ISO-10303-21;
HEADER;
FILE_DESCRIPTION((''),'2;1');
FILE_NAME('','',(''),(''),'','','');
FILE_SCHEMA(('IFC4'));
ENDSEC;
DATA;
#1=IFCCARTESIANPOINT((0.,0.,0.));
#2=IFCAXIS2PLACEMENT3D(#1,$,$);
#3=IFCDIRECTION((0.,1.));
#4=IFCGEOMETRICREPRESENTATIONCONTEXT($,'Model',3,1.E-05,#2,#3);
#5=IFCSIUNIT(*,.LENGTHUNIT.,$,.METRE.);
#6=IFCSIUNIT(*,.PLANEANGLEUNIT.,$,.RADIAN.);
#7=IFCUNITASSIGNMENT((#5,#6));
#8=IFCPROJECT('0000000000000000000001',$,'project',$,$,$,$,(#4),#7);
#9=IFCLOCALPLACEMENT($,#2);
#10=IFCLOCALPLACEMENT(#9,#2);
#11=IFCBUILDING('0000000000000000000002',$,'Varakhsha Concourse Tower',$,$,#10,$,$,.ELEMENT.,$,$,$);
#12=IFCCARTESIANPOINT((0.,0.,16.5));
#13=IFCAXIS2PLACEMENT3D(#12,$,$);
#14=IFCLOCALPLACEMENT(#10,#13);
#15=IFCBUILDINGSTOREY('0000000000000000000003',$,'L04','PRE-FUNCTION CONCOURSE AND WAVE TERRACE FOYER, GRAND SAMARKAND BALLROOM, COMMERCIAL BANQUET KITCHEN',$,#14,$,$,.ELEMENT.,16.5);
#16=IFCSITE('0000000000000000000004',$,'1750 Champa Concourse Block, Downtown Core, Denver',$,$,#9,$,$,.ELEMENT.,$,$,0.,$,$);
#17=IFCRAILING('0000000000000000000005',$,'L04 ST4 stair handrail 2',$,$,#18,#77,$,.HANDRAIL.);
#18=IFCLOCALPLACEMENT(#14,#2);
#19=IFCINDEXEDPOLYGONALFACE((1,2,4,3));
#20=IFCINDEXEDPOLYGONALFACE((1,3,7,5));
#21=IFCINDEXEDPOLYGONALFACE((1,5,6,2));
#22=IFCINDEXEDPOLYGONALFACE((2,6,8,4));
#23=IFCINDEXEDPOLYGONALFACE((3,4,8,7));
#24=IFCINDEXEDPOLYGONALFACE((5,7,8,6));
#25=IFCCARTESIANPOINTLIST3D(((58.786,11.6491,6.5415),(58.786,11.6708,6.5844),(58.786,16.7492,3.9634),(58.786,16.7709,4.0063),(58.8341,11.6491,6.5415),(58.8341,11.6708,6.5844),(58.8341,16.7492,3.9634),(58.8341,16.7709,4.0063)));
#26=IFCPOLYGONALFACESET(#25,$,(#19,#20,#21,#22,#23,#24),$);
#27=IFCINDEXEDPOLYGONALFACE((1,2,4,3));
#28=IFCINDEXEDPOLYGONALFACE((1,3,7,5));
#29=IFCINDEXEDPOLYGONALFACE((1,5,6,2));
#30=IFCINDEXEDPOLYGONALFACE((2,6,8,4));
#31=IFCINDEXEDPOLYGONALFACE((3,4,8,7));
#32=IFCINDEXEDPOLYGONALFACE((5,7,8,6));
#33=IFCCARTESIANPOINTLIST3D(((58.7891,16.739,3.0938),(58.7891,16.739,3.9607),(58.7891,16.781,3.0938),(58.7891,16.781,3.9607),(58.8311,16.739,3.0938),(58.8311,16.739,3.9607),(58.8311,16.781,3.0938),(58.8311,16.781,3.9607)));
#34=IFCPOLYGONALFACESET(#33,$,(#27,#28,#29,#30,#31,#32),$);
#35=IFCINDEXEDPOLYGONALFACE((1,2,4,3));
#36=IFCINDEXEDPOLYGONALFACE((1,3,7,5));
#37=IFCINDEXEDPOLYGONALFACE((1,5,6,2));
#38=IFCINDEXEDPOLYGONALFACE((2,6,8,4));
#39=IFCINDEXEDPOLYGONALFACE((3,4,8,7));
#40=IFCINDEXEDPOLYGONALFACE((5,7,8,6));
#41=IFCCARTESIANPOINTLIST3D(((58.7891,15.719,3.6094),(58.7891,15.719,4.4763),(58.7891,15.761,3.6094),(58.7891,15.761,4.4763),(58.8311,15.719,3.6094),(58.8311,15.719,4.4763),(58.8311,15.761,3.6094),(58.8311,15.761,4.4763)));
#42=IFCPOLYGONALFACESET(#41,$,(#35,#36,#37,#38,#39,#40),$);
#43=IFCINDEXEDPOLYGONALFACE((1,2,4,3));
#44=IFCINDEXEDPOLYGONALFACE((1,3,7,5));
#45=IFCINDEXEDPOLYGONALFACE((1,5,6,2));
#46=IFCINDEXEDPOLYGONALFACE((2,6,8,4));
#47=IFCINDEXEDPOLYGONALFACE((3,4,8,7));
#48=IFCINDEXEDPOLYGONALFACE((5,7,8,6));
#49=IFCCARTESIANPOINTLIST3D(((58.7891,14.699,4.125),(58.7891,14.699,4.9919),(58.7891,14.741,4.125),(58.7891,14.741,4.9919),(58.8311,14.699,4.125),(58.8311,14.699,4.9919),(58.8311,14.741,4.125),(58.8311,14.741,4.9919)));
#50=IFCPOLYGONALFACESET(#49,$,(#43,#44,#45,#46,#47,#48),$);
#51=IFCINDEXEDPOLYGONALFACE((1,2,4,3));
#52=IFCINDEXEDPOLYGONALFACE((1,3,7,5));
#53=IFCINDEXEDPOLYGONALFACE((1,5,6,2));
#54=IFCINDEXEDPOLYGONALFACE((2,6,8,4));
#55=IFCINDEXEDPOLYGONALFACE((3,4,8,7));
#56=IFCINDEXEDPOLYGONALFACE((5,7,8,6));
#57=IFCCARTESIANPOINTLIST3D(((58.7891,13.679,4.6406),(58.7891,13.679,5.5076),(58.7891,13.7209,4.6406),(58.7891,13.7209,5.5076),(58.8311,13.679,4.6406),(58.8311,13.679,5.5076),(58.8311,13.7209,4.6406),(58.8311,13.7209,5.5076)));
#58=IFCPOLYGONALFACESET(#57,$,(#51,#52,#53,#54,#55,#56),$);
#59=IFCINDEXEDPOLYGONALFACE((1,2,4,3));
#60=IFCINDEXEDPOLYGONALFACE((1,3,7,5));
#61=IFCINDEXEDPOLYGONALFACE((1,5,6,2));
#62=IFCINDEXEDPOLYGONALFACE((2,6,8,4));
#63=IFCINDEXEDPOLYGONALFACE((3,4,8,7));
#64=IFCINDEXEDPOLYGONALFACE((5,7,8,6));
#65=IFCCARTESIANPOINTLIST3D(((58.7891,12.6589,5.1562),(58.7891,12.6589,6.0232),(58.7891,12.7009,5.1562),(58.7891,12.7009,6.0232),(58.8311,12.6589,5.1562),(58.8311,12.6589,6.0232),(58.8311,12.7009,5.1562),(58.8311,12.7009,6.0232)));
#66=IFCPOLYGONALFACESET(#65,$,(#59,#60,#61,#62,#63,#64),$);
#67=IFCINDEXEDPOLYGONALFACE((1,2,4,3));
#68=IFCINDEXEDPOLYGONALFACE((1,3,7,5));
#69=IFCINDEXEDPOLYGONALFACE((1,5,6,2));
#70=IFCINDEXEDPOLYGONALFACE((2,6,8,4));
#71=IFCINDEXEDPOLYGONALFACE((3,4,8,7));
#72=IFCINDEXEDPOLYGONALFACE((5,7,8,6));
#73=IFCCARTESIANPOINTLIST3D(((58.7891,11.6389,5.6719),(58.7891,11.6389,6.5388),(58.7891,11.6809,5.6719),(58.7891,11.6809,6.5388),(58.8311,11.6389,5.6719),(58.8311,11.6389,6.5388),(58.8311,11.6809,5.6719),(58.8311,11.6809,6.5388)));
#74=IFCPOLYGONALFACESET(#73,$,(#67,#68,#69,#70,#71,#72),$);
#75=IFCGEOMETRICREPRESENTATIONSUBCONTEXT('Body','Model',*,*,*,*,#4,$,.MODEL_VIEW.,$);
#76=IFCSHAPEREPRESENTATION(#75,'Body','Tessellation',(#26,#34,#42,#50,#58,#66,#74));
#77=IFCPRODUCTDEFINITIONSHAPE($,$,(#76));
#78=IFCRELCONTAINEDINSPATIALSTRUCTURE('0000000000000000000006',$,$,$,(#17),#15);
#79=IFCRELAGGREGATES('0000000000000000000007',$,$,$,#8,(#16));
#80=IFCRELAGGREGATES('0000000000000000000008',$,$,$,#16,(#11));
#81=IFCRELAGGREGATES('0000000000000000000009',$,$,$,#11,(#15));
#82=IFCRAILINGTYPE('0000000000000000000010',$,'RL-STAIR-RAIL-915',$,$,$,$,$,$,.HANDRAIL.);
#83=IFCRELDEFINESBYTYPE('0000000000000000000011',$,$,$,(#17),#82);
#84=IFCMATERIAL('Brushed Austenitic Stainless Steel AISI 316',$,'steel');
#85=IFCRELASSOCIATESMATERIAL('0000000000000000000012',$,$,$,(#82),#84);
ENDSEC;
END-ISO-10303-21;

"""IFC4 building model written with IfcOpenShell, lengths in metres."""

from ifc_helpers import new_model, si_unit, direction, frame, origin, origin_2d, place, context, subcontext, project, spatial, rectangle, extrude, material, type_object, element, save


model = new_model("IFC4")

# Units and contexts
model_context = context("Model", 3, precision=1e-05, world=origin(), true_north=direction((0.0, 1.0)))
body_context = subcontext(model_context, "Body", "Model", "MODEL_VIEW")
ifc_project = project(units=[si_unit("LENGTHUNIT", "METRE"), si_unit("PLANEANGLEUNIT", "RADIAN")], contexts=[model_context])

# Site, building, storey
site_placement = place(None, origin())
site = spatial("IfcSite", under=ifc_project, at=site_placement, Name="1750 Champa Concourse Block, Downtown Core, Denver", CompositionType="ELEMENT", RefElevation=0.0)
building_placement = place(site_placement, origin())
building = spatial("IfcBuilding", under=site, at=building_placement, Name="Varakhsha Concourse Tower", CompositionType="ELEMENT")
storey_placement = place(building_placement, frame((0.0, 0.0, 16.5)))
storey = spatial("IfcBuildingStorey", under=building, at=storey_placement, Name="L04", Description="PRE-FUNCTION CONCOURSE AND WAVE TERRACE FOYER, GRAND SAMARKAND BALLROOM, COMMERCIAL BANQUET KITCHEN", CompositionType="ELEMENT", Elevation=16.5)

# Railing
ifc_material_1 = material(Name="Brushed Austenitic Stainless Steel AISI 316", Category="steel")
railing_type_1 = type_object("IfcRailingType", Name="RL-STAIR-RAIL-915", PredefinedType="HANDRAIL", material=ifc_material_1)
railing_1_placement = place(storey_placement, frame((58.8101, 16.76, 3.0938)))
element("IfcRailing", 1, at=railing_1_placement, inside=storey, type_object=railing_type_1, Name="L04 ST4 stair handrail 2", PredefinedType="HANDRAIL", context=body_context, shape_type="SweptSolid", body=[
    extrude(rectangle(XDim=0.0481, YDim=0.0481, at=origin_2d()), frame((0.0, 0.0, 0.8911), z_axis=(0.0, -0.892453, 0.45114), x_axis=(1.0, 0.0, 0.0)), (0.0, 0.0, 1.0), 5.7146),
    extrude(rectangle(XDim=0.042, YDim=0.042, at=origin_2d()), origin(), (0.0, 0.0, 1.0), 0.8669),
    extrude(rectangle(XDim=0.042, YDim=0.042, at=origin_2d()), frame((0.0, -1.02, 0.5156)), (0.0, 0.0, 1.0), 0.8669),
    extrude(rectangle(XDim=0.042, YDim=0.042, at=origin_2d()), frame((0.0, -2.04, 1.0312)), (0.0, 0.0, 1.0), 0.8669),
    extrude(rectangle(XDim=0.042, YDim=0.042, at=origin_2d()), frame((0.0, -3.0601, 1.5469)), (0.0, 0.0, 1.0), 0.8669),
    extrude(rectangle(XDim=0.042, YDim=0.042, at=origin_2d()), frame((0.0, -4.0801, 2.0625)), (0.0, 0.0, 1.0), 0.8669),
    extrude(rectangle(XDim=0.042, YDim=0.042, at=origin_2d()), frame((0.0, -5.1001, 2.5781)), (0.0, 0.0, 1.0), 0.8669),
])

save(model, "model.ifc")
